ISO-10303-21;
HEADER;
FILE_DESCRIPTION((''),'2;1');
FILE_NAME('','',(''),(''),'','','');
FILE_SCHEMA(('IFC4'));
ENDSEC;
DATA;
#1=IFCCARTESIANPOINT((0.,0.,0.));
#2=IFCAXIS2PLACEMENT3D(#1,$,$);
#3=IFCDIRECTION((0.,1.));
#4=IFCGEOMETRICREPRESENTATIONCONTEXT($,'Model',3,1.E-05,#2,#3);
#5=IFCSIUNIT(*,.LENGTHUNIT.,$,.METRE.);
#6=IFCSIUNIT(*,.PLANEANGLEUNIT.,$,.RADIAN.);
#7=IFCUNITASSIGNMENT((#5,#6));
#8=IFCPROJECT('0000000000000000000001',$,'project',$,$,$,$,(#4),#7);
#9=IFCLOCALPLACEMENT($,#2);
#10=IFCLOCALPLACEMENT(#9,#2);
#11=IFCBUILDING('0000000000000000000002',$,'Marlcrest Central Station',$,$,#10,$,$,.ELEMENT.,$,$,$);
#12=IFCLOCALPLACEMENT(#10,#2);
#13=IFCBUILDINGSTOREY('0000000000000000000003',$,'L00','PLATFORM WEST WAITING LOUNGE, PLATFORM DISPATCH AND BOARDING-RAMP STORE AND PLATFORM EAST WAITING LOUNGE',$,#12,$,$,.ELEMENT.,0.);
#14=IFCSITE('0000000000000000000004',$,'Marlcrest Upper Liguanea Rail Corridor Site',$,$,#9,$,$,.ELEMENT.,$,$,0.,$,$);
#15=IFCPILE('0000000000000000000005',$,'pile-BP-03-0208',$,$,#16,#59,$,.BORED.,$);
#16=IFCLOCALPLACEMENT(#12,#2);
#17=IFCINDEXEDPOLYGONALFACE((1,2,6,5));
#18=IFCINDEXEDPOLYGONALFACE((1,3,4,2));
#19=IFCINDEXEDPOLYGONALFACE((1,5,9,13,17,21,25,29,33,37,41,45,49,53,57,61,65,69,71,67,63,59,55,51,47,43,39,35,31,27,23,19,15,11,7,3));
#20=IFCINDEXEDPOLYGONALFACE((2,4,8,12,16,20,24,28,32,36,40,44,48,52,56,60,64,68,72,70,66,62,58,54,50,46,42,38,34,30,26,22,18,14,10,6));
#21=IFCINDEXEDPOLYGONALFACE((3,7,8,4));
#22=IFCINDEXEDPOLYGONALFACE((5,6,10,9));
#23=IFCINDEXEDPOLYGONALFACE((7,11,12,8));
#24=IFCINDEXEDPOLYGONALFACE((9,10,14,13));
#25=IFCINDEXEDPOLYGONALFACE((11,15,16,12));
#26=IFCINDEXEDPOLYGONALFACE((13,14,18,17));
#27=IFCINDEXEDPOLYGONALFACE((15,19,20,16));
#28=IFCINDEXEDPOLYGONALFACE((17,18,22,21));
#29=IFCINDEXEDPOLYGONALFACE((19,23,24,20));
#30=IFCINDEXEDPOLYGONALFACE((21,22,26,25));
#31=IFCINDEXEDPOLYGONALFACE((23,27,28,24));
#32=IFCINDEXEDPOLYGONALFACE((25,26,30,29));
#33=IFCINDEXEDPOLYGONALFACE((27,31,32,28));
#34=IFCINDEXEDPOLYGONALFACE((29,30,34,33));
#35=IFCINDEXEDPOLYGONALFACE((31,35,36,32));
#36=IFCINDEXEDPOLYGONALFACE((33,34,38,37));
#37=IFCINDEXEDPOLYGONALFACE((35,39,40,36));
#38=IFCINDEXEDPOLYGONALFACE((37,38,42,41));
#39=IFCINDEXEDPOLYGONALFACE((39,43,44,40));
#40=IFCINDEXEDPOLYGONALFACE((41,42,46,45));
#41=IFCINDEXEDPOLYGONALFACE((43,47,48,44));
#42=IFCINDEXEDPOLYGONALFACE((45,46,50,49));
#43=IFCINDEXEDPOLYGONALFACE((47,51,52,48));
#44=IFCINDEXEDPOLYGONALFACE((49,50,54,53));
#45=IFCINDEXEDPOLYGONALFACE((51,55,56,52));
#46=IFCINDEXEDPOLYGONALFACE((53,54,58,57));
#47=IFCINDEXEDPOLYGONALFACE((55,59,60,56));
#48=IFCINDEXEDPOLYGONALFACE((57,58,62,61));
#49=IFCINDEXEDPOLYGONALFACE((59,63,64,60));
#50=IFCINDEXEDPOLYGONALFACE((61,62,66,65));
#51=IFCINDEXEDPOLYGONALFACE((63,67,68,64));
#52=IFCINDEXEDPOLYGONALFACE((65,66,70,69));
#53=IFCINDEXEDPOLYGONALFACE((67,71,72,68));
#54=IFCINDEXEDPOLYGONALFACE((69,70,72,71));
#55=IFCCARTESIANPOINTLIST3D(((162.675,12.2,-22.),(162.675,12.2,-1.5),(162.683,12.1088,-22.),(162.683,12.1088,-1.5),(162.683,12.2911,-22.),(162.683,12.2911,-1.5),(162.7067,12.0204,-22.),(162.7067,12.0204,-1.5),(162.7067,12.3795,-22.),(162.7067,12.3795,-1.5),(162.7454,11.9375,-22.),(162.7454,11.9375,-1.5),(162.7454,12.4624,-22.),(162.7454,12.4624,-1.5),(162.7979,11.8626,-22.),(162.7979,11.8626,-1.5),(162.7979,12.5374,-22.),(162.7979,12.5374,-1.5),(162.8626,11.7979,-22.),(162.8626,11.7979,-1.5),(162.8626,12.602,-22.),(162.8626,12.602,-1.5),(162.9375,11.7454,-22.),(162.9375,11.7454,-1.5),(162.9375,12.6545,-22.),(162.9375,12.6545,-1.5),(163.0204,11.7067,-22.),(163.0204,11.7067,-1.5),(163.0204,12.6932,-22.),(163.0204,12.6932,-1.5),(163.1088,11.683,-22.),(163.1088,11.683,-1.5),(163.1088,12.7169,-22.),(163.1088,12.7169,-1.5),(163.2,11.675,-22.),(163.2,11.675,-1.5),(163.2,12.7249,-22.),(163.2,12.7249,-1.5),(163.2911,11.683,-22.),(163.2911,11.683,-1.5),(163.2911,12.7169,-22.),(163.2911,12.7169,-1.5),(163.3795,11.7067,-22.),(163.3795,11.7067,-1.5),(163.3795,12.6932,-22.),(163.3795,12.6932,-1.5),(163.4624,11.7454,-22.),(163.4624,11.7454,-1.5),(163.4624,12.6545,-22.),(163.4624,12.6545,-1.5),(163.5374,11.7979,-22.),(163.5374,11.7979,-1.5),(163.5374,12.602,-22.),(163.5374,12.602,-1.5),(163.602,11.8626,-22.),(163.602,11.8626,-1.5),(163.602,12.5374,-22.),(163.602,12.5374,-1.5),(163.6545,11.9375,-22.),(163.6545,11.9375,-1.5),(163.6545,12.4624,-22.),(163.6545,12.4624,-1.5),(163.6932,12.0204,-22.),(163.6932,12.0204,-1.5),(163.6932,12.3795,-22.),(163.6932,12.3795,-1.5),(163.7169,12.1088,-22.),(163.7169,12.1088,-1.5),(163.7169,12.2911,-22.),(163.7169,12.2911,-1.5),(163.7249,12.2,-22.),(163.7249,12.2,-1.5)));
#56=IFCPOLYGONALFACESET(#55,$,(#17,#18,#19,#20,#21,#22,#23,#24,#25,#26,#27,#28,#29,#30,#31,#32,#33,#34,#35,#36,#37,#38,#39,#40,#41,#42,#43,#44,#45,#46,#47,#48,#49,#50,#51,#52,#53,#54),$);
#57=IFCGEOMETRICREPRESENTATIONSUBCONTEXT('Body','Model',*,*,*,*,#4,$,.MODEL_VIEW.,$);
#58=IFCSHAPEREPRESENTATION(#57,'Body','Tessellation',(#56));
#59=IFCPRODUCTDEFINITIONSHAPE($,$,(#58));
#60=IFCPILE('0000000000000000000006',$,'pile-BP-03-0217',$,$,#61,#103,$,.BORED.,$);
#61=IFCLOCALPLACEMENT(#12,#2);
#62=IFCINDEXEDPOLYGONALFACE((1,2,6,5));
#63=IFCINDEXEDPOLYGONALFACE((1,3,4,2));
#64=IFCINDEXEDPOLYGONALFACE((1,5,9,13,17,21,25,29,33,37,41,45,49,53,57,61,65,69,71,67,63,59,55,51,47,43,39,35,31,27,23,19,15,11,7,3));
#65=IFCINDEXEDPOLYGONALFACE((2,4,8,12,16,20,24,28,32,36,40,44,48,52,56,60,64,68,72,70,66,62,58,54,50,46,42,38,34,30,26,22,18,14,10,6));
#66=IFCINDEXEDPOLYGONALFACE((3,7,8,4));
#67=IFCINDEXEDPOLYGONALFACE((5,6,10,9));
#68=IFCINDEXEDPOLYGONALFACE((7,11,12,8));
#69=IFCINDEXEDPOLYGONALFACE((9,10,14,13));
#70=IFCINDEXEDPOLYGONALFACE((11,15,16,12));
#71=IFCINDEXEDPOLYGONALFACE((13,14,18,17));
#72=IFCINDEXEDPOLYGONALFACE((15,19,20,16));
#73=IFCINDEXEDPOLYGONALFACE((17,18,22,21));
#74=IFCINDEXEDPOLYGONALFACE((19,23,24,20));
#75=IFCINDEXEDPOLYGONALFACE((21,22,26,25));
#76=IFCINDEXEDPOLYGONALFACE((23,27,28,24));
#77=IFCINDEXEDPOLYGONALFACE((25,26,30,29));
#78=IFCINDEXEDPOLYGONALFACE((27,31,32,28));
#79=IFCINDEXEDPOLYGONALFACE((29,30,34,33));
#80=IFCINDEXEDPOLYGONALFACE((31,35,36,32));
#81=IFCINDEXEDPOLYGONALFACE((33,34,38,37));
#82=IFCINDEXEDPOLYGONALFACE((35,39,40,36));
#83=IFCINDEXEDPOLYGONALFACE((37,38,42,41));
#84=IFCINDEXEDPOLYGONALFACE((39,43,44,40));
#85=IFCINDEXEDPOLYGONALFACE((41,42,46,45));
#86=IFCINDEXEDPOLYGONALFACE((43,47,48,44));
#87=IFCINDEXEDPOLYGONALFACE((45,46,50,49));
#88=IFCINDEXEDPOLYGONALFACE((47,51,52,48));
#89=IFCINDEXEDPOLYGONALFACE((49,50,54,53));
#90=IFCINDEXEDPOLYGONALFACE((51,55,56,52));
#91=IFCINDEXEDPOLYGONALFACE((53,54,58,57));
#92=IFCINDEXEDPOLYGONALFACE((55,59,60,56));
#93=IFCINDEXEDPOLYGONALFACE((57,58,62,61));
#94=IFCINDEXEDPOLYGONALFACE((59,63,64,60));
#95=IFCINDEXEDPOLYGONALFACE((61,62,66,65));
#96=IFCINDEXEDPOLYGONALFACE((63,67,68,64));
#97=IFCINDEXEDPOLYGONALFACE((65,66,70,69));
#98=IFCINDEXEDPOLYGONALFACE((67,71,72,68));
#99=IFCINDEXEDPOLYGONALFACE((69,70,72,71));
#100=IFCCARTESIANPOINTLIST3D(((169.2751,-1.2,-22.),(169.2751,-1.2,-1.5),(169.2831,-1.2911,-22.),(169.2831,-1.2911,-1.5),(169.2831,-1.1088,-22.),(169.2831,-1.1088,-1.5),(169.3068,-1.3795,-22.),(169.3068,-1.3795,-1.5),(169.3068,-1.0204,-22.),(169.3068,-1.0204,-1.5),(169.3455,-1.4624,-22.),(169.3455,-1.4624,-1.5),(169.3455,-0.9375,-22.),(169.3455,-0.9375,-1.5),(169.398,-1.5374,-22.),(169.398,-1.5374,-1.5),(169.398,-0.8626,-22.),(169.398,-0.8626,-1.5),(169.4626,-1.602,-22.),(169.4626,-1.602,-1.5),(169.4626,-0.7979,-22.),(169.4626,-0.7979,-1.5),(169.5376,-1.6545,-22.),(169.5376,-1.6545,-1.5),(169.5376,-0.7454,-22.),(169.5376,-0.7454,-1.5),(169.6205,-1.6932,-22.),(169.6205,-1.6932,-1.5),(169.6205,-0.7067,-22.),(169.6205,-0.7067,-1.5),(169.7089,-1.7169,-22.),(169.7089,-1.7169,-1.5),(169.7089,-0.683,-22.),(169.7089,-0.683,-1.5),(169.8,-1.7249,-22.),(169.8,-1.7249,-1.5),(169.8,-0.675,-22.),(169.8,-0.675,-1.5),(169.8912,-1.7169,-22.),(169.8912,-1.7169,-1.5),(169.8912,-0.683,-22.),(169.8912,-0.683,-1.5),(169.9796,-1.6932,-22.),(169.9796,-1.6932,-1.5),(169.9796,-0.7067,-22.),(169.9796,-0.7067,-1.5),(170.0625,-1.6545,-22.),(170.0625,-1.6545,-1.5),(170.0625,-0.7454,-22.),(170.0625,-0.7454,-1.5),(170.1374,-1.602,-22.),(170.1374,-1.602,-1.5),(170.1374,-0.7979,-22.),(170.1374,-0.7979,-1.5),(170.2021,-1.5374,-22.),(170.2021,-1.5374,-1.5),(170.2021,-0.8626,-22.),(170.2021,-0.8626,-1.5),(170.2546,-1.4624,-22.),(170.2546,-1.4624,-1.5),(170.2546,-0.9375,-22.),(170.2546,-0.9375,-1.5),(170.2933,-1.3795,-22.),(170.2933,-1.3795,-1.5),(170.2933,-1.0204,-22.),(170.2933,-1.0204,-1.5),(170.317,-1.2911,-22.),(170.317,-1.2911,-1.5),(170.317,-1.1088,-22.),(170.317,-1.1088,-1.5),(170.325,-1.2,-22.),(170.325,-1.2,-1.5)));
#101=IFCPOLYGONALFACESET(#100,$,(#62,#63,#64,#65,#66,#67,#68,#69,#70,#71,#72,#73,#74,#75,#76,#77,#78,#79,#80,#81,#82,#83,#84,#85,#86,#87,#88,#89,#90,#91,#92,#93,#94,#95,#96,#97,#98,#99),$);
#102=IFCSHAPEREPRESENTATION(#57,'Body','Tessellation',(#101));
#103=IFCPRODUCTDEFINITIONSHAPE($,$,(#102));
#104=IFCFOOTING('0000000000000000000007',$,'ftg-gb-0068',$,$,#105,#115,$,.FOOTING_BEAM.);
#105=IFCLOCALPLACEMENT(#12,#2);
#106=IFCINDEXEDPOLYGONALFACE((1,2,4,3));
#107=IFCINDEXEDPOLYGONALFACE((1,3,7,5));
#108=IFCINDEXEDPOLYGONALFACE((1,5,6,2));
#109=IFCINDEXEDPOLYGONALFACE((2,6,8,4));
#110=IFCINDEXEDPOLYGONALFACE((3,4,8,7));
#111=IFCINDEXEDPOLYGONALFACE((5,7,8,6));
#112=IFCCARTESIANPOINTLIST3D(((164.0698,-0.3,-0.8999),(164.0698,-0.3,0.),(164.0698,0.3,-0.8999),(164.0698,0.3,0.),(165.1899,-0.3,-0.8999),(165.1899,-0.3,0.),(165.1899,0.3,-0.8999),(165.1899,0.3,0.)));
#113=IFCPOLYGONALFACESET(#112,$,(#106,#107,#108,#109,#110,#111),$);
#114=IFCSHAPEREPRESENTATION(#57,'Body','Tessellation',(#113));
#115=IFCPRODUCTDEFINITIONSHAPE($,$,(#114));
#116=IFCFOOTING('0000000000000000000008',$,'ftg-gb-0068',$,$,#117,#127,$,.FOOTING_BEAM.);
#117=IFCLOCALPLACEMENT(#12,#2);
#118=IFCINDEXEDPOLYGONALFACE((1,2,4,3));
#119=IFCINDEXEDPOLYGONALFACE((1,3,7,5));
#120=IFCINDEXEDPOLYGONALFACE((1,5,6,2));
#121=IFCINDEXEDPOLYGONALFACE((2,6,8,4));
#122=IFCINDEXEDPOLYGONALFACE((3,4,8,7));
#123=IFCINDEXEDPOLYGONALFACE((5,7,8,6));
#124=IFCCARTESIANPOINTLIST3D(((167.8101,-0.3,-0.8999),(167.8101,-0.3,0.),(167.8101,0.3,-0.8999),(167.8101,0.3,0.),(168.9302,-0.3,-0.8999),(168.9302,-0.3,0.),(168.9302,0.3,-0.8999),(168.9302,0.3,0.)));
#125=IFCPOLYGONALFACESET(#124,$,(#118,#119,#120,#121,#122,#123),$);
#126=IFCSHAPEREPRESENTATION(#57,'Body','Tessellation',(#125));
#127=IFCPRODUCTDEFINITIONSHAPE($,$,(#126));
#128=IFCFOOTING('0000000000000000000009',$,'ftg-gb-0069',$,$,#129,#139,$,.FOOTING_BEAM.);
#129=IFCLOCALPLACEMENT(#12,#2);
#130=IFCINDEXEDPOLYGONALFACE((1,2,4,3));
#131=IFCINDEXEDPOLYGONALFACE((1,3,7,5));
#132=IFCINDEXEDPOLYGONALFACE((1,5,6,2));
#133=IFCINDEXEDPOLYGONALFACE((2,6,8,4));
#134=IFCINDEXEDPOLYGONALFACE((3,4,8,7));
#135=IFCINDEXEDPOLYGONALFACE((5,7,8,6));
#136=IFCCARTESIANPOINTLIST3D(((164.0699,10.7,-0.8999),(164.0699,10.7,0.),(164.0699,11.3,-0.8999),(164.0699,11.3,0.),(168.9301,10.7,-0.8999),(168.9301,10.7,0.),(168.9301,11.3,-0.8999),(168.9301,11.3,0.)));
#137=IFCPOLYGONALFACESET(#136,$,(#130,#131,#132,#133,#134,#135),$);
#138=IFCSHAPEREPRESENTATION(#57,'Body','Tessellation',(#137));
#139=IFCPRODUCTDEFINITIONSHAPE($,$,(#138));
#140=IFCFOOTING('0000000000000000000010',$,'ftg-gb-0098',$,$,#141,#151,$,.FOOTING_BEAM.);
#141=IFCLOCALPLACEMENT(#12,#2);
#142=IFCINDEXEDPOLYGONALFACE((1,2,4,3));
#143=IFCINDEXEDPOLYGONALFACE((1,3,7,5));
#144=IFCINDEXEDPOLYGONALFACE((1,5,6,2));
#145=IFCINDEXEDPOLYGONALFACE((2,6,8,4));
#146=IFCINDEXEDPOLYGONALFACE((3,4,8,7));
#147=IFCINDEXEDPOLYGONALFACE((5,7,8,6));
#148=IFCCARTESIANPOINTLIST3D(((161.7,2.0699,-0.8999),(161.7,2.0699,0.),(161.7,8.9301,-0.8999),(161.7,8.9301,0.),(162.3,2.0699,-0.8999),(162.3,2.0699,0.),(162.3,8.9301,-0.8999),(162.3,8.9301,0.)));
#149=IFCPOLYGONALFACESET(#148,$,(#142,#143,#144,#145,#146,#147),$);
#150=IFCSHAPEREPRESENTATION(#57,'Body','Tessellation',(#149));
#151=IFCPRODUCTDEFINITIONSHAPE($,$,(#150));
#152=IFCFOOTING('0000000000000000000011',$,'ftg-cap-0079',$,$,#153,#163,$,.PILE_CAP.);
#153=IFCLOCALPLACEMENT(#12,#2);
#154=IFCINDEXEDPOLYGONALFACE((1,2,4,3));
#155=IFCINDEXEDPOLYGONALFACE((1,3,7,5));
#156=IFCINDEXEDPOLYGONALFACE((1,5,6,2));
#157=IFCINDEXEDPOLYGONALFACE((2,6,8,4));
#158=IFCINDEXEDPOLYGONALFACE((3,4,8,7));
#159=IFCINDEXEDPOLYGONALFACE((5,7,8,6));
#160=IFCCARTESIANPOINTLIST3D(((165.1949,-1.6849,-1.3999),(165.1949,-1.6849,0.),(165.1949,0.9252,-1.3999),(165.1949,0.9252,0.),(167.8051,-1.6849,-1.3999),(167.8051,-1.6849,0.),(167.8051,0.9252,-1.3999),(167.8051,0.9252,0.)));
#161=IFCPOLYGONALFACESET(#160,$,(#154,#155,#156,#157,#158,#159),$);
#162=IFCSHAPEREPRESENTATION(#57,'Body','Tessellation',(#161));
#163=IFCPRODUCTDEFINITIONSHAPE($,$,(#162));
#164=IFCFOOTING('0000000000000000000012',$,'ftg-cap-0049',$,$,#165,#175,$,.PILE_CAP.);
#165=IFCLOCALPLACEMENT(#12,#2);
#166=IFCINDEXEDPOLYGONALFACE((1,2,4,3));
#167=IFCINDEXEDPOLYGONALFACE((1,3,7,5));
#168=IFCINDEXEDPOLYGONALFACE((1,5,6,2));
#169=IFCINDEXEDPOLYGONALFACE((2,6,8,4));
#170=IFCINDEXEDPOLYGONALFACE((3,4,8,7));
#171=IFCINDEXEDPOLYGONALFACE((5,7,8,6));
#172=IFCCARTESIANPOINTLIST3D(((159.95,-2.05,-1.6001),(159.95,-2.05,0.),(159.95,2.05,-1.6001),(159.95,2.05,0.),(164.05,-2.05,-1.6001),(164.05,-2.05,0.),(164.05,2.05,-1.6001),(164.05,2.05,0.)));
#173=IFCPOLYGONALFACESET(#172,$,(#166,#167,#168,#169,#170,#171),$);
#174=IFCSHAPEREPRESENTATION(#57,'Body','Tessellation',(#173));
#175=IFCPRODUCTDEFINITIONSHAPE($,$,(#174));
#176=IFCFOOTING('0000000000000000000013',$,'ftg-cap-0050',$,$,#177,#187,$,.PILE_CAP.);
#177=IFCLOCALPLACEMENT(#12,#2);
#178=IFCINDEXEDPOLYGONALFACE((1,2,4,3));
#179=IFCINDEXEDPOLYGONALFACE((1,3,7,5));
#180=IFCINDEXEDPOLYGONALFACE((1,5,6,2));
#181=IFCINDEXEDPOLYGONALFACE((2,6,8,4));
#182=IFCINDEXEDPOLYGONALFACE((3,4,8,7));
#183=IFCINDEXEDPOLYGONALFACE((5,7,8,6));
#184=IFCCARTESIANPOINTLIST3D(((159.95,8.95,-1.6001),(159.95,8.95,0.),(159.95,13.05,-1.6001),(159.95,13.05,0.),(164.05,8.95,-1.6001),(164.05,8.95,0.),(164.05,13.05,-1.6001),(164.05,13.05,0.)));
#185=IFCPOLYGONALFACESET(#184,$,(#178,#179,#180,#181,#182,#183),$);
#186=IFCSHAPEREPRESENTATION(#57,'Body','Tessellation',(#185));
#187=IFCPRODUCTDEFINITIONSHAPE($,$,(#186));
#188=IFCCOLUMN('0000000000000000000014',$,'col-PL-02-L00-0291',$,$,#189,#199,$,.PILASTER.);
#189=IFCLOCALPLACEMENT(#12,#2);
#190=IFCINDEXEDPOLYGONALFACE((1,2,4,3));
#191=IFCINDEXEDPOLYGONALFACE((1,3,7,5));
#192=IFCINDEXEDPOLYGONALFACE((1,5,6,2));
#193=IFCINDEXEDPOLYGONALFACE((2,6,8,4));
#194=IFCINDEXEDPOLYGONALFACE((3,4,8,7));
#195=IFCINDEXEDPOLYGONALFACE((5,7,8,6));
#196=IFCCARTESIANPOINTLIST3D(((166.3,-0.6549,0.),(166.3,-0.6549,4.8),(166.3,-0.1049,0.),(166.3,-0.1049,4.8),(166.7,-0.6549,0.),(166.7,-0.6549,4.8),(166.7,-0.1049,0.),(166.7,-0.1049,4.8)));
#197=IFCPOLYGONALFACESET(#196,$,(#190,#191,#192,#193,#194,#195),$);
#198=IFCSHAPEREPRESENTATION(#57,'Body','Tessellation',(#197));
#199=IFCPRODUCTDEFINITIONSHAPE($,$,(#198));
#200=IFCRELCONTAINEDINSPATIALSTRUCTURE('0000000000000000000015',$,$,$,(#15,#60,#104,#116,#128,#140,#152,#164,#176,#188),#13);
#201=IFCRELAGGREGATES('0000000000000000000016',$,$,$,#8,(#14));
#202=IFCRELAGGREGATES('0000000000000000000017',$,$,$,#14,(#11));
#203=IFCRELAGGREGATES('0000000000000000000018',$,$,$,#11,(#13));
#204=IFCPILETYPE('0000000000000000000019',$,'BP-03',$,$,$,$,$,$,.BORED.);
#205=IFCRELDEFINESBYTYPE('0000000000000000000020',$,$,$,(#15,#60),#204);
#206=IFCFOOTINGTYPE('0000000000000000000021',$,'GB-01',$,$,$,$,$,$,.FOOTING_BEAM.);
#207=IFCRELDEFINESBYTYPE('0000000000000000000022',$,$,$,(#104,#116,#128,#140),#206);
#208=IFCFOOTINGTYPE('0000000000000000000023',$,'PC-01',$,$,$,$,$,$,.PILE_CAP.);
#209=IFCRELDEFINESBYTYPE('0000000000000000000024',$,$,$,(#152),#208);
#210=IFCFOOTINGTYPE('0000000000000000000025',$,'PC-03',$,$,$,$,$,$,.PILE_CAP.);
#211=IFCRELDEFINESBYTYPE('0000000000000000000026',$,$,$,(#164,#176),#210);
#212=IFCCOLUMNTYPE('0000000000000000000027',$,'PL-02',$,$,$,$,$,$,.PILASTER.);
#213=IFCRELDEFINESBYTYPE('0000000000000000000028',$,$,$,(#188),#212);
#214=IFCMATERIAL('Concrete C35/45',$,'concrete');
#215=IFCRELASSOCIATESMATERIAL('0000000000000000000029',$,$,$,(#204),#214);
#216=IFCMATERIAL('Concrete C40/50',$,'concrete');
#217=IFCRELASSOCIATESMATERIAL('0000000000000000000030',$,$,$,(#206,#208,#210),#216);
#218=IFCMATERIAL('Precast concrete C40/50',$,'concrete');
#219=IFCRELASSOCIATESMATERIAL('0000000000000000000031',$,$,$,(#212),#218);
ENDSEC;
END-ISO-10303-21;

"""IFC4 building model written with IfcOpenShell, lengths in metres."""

from ifc_helpers import new_model, si_unit, direction, frame, origin, origin_2d, place, context, subcontext, project, spatial, rectangle, circle, extrude, material, material_profile, profile_set, type_object, element, save


model = new_model("IFC4")

# Units and contexts
model_context = context("Model", 3, precision=1e-05, world=origin(), true_north=direction((0.0, 1.0)))
body_context = subcontext(model_context, "Body", "Model", "MODEL_VIEW")
ifc_project = project(units=[si_unit("LENGTHUNIT", "METRE"), si_unit("PLANEANGLEUNIT", "RADIAN")], contexts=[model_context])

# Site, building, storey
site_placement = place(None, origin())
site = spatial("IfcSite", under=ifc_project, at=site_placement, Name="Marlcrest Upper Liguanea Rail Corridor Site", CompositionType="ELEMENT", RefElevation=0.0)
building_placement = place(site_placement, origin())
building = spatial("IfcBuilding", under=site, at=building_placement, Name="Marlcrest Central Station", CompositionType="ELEMENT")
storey_placement = place(building_placement, origin())
storey = spatial("IfcBuildingStorey", under=building, at=storey_placement, Name="L00", Description="PLATFORM WEST WAITING LOUNGE, PLATFORM DISPATCH AND BOARDING-RAMP STORE AND PLATFORM EAST WAITING LOUNGE", CompositionType="ELEMENT", Elevation=0.0)

# Piles
ifc_material_1 = material(Name="Concrete C35/45", Category="concrete")
ifc_material_profile_1 = material_profile(ifc_material_1, circle(Radius=0.5249, at=origin_2d()), Name="PILE D1050")
ifc_profile_set_1 = profile_set([ifc_material_profile_1], Name="Concrete C35/45")
pile_type_1 = type_object("IfcPileType", Name="BP-03", PredefinedType="BORED", material=ifc_profile_set_1)
for number, where, z_axis, x_axis, name in (
    (1, (163.2, 12.2, -1.5), (0.0, 0.0, -1.0), (1.0, 0.0, 0.0), "pile-BP-03-0208"),
    (2, (169.8, -1.2, -1.5), (0.0, 0.0, -1.0), (1.0, 0.0, 0.0), "pile-BP-03-0217"),
):
    element("IfcPile", number, at=place(storey_placement, frame(where, z_axis=z_axis, x_axis=x_axis)), inside=storey, type_object=pile_type_1, Name=name, PredefinedType="BORED", context=body_context, shape_type="SweptSolid", body=[
        extrude(circle(Radius=0.5249, at=origin_2d()), origin(), (0.0, 0.0, 1.0), 20.5),
    ])

# Footings
ifc_material_2 = material(Name="Concrete C40/50", Category="concrete")
footing_type_1 = type_object("IfcFootingType", Name="GB-01", PredefinedType="FOOTING_BEAM", material=ifc_material_2)
for number, where, z_axis, x_axis, name in (
    (3, (164.6299, 0.0, -0.8999), (0.0, 0.0, 1.0), (1.0, 0.0, 0.0), "ftg-gb-0068"),
    (4, (168.3701, 0.0, -0.8999), (0.0, 0.0, 1.0), (1.0, 0.0, 0.0), "ftg-gb-0068"),
):
    element("IfcFooting", number, at=place(storey_placement, frame(where, z_axis=z_axis, x_axis=x_axis)), inside=storey, type_object=footing_type_1, Name=name, PredefinedType="FOOTING_BEAM", context=body_context, shape_type="SweptSolid", body=[
        extrude(rectangle(XDim=1.1201, YDim=0.6001, at=origin_2d()), origin(), (0.0, 0.0, 1.0), 0.8999),
    ])
footing_1_placement = place(storey_placement, frame((166.5, 11.0, -0.8999), z_axis=(0.0, 0.0, 1.0), x_axis=(1.0, 0.0, 0.0)))
element("IfcFooting", 5, at=footing_1_placement, inside=storey, type_object=footing_type_1, Name="ftg-gb-0069", PredefinedType="FOOTING_BEAM", context=body_context, shape_type="SweptSolid", body=[
    extrude(rectangle(XDim=4.8601, YDim=0.6001, at=origin_2d()), origin(), (0.0, 0.0, 1.0), 0.8999),
])
footing_2_placement = place(storey_placement, frame((162.0, 5.5, -0.8999), z_axis=(0.0, 0.0, 1.0), x_axis=(1.0, 0.0, 0.0)))
element("IfcFooting", 6, at=footing_2_placement, inside=storey, type_object=footing_type_1, Name="ftg-gb-0098", PredefinedType="FOOTING_BEAM", context=body_context, shape_type="SweptSolid", body=[
    extrude(rectangle(XDim=0.6001, YDim=6.8601, at=origin_2d()), origin(), (0.0, 0.0, 1.0), 0.8999),
])
footing_type_2 = type_object("IfcFootingType", Name="PC-01", PredefinedType="PILE_CAP", material=ifc_material_2)
footing_3_placement = place(storey_placement, frame((166.5, -0.3799, -1.3999), z_axis=(0.0, 0.0, 1.0), x_axis=(1.0, 0.0, 0.0)))
element("IfcFooting", 7, at=footing_3_placement, inside=storey, type_object=footing_type_2, Name="ftg-cap-0079", PredefinedType="PILE_CAP", context=body_context, shape_type="SweptSolid", body=[
    extrude(rectangle(XDim=2.6101, YDim=2.6101, at=origin_2d()), origin(), (0.0, 0.0, 1.0), 1.3999),
])
footing_type_3 = type_object("IfcFootingType", Name="PC-03", PredefinedType="PILE_CAP", material=ifc_material_2)
for number, where, z_axis, x_axis, name in (
    (8, (162.0, 0.0, -1.6001), (0.0, 0.0, 1.0), (1.0, 0.0, 0.0), "ftg-cap-0049"),
    (9, (162.0, 11.0, -1.6001), (0.0, 0.0, 1.0), (1.0, 0.0, 0.0), "ftg-cap-0050"),
):
    element("IfcFooting", number, at=place(storey_placement, frame(where, z_axis=z_axis, x_axis=x_axis)), inside=storey, type_object=footing_type_3, Name=name, PredefinedType="PILE_CAP", context=body_context, shape_type="SweptSolid", body=[
        extrude(rectangle(XDim=4.1001, YDim=4.1001, at=origin_2d()), origin(), (0.0, 0.0, 1.0), 1.6001),
    ])

# Column
ifc_material_3 = material(Name="Precast concrete C40/50", Category="concrete")
ifc_material_profile_2 = material_profile(ifc_material_3, rectangle(XDim=0.3999, YDim=0.55, at=origin_2d()), Name="PIL 400x550")
ifc_profile_set_2 = profile_set([ifc_material_profile_2], Name="Precast concrete C40/50")
column_type_1 = type_object("IfcColumnType", Name="PL-02", PredefinedType="PILASTER", material=ifc_profile_set_2)
column_placement = place(storey_placement, frame((166.5, -0.3799, 0.0), z_axis=(0.0, 0.0, 1.0), x_axis=(1.0, 0.0, 0.0)))
element("IfcColumn", 10, at=column_placement, inside=storey, type_object=column_type_1, Name="col-PL-02-L00-0291", PredefinedType="PILASTER", context=body_context, shape_type="SweptSolid", body=[
    extrude(rectangle(XDim=0.3999, YDim=0.55, at=origin_2d()), origin(), (0.0, 0.0, 1.0), 4.8),
])

save(model, "model.ifc")
